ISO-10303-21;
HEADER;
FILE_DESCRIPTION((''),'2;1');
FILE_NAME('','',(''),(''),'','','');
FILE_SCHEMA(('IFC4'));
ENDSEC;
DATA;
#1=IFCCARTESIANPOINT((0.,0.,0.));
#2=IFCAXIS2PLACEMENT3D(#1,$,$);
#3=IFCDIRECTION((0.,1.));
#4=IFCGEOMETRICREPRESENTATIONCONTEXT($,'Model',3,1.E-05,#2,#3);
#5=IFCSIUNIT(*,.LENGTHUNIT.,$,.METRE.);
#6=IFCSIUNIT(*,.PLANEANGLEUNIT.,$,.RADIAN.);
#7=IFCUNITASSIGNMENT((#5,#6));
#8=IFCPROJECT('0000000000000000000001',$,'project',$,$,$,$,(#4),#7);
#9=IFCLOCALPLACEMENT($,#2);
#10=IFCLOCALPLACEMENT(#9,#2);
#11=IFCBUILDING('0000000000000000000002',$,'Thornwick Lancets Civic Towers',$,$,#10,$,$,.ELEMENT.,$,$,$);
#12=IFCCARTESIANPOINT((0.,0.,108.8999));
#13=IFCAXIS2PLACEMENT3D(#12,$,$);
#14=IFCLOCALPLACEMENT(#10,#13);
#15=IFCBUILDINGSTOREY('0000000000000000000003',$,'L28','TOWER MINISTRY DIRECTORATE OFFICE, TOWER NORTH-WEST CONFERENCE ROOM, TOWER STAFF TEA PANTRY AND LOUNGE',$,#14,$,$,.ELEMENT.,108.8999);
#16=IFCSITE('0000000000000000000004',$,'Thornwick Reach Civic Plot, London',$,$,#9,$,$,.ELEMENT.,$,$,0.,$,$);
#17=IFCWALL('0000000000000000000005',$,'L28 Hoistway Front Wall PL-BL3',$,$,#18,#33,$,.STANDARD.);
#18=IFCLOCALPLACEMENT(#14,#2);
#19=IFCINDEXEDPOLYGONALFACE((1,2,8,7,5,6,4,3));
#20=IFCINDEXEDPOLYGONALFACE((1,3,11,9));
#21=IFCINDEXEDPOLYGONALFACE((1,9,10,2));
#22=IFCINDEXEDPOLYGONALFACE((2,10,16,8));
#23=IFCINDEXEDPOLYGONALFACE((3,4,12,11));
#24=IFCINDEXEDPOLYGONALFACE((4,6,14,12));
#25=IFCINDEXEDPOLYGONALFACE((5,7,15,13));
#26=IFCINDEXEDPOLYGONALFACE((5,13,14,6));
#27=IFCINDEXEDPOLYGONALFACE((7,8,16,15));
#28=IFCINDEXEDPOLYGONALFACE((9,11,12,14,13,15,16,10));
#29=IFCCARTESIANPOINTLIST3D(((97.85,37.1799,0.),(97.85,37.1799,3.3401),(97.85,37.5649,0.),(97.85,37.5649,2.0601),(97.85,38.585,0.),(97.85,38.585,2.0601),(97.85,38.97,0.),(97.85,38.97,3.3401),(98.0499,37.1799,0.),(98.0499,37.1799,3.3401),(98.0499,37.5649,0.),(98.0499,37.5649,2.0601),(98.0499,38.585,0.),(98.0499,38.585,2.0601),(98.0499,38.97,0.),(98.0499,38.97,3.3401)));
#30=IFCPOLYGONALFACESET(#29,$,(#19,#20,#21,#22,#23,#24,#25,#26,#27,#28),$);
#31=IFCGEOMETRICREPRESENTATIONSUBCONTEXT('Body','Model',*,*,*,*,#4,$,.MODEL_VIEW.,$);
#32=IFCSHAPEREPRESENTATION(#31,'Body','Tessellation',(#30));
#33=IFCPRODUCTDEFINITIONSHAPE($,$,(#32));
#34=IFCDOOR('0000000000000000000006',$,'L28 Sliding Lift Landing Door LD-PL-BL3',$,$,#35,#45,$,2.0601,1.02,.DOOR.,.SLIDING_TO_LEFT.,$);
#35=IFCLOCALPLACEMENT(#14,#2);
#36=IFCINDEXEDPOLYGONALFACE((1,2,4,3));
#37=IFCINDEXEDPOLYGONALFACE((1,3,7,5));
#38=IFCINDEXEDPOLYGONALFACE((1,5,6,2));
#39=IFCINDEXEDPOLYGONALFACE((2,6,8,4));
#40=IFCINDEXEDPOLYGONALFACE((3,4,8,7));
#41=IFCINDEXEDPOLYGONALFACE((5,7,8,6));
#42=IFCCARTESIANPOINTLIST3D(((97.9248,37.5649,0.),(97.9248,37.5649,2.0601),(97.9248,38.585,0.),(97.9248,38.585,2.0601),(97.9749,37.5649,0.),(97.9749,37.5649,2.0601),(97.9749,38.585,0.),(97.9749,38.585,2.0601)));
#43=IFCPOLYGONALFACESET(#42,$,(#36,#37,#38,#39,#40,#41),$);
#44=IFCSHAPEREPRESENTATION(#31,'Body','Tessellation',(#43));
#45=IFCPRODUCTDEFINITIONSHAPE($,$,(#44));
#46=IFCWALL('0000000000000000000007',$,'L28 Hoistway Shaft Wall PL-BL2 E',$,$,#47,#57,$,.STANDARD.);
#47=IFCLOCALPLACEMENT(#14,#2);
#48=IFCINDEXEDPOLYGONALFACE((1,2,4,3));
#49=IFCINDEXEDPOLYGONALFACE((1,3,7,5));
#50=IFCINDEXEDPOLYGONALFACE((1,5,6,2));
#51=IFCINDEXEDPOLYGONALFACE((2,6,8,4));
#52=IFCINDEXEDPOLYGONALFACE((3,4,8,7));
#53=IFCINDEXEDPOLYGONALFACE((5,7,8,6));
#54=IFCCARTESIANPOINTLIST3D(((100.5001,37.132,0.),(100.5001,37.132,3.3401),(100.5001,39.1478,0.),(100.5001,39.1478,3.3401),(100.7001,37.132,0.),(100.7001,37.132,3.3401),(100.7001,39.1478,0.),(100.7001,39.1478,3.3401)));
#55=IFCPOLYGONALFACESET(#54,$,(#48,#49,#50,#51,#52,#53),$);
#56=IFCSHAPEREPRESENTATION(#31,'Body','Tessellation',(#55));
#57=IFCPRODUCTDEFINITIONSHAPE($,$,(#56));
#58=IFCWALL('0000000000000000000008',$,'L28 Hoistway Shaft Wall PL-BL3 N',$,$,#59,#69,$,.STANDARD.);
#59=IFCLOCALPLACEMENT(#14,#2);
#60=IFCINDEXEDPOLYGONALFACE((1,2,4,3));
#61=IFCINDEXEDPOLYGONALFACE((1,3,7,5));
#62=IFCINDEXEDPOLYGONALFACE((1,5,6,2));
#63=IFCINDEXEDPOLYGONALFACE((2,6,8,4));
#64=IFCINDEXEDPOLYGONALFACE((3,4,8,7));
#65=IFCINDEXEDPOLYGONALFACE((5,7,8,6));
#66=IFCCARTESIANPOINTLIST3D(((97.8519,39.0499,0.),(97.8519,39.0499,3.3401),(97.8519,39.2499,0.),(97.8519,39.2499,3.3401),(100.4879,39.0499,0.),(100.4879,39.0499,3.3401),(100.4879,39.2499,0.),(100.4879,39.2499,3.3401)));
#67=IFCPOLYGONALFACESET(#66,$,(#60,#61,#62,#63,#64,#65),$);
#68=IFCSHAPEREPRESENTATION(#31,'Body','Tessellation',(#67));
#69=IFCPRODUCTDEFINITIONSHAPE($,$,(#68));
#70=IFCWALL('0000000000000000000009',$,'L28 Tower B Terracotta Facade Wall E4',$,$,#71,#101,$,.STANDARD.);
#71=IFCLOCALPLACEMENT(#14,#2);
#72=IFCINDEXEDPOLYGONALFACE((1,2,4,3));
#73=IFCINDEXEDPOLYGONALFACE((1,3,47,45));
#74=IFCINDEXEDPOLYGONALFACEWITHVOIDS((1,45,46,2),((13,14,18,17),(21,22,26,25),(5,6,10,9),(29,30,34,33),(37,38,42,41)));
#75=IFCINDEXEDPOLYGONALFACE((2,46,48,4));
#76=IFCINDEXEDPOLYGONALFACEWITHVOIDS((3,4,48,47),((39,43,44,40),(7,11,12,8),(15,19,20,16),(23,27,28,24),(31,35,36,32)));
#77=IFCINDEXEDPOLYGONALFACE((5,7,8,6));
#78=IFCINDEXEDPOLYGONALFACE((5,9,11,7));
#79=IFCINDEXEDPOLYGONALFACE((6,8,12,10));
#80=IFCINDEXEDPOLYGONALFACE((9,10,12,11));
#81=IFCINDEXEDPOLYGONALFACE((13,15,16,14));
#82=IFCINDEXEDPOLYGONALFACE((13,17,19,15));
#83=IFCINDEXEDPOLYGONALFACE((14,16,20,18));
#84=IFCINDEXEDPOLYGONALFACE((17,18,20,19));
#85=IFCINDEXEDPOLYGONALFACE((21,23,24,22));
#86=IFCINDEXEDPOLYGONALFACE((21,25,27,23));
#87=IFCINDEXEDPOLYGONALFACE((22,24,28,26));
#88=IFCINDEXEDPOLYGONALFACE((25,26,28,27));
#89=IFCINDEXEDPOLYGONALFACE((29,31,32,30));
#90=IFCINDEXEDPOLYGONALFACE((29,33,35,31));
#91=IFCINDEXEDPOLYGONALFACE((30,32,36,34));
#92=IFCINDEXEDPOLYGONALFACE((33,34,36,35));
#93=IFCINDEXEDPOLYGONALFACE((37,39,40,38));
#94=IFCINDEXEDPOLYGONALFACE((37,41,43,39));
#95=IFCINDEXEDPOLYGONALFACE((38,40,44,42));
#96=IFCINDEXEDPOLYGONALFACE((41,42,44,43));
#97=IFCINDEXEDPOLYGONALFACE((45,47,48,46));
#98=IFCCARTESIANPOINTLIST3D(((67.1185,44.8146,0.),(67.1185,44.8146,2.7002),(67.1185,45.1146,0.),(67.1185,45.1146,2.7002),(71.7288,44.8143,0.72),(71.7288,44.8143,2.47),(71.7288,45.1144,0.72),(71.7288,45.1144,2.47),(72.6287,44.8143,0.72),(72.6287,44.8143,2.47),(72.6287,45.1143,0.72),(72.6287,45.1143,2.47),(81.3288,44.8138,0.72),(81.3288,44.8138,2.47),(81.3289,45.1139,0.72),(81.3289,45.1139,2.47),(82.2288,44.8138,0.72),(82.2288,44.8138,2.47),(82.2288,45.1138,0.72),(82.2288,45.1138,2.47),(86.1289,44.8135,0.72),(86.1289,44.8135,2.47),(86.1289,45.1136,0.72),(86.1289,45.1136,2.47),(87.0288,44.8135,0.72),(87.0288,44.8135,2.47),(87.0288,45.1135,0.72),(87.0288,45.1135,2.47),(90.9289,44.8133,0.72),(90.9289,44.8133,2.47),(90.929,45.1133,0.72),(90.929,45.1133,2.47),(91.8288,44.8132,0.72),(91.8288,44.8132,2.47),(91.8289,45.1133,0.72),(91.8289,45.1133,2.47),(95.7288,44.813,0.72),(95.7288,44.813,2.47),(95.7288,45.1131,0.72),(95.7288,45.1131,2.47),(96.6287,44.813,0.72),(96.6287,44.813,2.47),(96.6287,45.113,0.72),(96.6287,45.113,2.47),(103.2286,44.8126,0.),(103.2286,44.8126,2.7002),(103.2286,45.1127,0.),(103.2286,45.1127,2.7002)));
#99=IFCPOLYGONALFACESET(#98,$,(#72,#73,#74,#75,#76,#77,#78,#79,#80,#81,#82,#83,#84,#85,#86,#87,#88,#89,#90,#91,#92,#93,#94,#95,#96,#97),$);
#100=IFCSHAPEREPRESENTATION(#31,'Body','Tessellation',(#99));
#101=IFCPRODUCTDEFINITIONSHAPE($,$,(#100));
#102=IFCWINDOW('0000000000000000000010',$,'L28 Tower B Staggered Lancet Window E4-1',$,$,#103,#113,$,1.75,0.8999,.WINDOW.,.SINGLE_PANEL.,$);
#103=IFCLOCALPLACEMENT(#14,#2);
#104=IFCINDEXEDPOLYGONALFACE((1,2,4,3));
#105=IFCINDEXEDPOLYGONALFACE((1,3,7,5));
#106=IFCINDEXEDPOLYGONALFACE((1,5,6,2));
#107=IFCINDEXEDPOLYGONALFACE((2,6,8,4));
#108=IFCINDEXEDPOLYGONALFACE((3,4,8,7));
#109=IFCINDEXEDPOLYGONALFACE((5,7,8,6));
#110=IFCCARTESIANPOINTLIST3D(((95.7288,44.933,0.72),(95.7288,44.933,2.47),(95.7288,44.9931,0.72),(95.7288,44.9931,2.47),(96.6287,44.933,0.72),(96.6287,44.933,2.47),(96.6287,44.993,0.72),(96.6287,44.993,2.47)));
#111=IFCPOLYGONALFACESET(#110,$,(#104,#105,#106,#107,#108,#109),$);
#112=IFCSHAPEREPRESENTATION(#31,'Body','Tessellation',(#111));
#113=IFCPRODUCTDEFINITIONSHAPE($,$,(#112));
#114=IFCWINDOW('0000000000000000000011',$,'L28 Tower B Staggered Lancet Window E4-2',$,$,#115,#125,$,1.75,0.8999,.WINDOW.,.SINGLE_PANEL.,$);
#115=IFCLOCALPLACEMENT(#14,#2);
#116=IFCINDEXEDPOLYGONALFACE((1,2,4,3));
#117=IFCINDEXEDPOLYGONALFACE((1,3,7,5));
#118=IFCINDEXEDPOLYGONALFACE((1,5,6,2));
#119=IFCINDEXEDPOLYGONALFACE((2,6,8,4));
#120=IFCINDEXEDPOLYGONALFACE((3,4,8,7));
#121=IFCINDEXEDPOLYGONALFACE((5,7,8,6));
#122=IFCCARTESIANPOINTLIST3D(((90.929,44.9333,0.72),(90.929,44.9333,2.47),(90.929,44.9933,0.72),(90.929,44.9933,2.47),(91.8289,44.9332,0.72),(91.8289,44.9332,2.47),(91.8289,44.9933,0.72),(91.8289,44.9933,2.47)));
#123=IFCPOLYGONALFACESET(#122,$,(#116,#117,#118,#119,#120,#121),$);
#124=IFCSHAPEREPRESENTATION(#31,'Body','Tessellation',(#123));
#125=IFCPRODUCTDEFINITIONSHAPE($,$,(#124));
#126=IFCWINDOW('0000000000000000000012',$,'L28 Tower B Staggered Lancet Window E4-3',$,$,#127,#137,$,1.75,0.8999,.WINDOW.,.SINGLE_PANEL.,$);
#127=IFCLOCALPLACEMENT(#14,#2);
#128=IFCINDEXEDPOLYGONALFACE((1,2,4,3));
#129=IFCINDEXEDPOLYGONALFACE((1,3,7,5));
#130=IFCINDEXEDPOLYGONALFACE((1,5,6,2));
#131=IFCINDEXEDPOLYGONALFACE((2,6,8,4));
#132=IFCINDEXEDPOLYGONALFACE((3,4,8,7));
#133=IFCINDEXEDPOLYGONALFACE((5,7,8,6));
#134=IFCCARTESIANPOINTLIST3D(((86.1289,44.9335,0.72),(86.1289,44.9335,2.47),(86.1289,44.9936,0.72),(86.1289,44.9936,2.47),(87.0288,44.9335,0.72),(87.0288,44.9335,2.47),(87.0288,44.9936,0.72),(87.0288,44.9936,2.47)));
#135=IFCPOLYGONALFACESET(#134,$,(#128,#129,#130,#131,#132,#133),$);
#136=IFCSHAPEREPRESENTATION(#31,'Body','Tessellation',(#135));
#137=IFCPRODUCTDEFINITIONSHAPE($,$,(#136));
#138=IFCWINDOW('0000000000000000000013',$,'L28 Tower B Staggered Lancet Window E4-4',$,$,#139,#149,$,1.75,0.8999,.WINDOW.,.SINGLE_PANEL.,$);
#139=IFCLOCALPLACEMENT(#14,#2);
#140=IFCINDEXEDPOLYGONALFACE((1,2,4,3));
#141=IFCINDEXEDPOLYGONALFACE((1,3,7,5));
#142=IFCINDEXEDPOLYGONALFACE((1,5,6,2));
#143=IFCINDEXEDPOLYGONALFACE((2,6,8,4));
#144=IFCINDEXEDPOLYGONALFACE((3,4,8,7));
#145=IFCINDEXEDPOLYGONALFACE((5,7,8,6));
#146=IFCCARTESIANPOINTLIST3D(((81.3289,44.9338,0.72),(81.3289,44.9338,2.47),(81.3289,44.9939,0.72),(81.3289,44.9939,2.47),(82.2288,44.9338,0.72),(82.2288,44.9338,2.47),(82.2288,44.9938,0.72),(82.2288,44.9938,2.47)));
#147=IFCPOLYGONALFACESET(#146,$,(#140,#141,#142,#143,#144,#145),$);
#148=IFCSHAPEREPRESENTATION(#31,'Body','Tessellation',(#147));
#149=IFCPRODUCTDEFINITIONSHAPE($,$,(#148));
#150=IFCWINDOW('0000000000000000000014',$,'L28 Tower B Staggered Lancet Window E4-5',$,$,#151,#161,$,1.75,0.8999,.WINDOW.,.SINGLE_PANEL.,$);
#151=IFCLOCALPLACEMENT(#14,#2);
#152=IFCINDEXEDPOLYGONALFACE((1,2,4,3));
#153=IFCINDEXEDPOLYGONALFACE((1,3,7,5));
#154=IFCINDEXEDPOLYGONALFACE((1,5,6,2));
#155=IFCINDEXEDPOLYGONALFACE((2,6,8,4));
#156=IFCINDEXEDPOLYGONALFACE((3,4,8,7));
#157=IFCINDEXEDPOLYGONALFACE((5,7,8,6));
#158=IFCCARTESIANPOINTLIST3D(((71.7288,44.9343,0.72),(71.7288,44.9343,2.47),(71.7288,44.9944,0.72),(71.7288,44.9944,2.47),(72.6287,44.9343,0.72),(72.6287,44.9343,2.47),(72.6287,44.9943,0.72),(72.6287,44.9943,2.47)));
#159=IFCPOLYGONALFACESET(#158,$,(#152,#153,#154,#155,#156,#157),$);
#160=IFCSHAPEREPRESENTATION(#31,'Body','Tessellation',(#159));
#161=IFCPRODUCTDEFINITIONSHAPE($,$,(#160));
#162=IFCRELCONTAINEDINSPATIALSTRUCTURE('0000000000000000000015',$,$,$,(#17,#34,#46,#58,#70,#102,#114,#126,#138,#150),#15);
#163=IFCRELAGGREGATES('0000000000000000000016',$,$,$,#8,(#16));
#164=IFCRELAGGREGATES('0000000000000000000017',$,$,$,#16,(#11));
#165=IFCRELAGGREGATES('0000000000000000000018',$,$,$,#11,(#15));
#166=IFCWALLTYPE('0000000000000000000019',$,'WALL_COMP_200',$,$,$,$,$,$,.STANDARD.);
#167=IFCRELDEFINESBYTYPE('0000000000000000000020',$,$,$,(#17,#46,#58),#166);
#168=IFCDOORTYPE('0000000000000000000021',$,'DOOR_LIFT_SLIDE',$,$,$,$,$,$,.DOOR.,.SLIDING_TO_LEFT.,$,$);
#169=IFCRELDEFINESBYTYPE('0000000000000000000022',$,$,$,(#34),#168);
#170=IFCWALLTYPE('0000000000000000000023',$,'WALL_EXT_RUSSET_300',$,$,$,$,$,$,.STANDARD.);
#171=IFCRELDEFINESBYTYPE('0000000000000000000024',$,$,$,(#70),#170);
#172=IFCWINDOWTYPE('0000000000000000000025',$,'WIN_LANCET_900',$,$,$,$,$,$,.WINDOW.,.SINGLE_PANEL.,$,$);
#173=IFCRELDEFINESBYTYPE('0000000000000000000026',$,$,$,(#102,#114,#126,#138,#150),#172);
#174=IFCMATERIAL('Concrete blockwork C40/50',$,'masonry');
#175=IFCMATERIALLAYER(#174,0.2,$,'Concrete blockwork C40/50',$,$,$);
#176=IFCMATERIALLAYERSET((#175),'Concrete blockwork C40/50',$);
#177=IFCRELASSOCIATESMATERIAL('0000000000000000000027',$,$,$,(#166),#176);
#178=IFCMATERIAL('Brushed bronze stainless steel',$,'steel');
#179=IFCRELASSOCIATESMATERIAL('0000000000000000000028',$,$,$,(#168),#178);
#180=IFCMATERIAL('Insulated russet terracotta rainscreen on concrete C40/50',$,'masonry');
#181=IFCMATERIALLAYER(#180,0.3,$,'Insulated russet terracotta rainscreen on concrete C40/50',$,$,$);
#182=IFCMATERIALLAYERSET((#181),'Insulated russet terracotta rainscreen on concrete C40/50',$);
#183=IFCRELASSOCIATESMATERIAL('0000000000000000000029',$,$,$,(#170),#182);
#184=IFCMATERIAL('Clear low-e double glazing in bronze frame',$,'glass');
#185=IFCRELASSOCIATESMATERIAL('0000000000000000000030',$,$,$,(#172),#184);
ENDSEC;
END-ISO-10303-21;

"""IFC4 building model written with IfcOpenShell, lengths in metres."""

from ifc_helpers import new_model, si_unit, direction, frame, frame_2d, origin, place, context, subcontext, project, spatial, rectangle, extrude, material, layer, layer_set, type_object, element, fill, save


model = new_model("IFC4")

# Units and contexts
model_context = context("Model", 3, precision=1e-05, world=origin(), true_north=direction((0.0, 1.0)))
body_context = subcontext(model_context, "Body", "Model", "MODEL_VIEW")
ifc_project = project(units=[si_unit("LENGTHUNIT", "METRE"), si_unit("PLANEANGLEUNIT", "RADIAN")], contexts=[model_context])

# Site, building, storey
site_placement = place(None, origin())
site = spatial("IfcSite", under=ifc_project, at=site_placement, Name="Thornwick Reach Civic Plot, London", CompositionType="ELEMENT", RefElevation=0.0)
building_placement = place(site_placement, origin())
building = spatial("IfcBuilding", under=site, at=building_placement, Name="Thornwick Lancets Civic Towers", CompositionType="ELEMENT")
storey_placement = place(building_placement, frame((0.0, 0.0, 108.8999)))
storey = spatial("IfcBuildingStorey", under=building, at=storey_placement, Name="L28", Description="TOWER MINISTRY DIRECTORATE OFFICE, TOWER NORTH-WEST CONFERENCE ROOM, TOWER STAFF TEA PANTRY AND LOUNGE", CompositionType="ELEMENT", Elevation=108.8999)

# Wall, opening, door
ifc_material_1 = material(Name="Concrete blockwork C40/50", Category="masonry")
ifc_layer_1 = layer(ifc_material_1, 0.2, Name="Concrete blockwork C40/50")
ifc_layer_set_1 = layer_set([ifc_layer_1], Name="Concrete blockwork C40/50")
wall_type_1 = type_object("IfcWallType", Name="WALL_COMP_200", PredefinedType="STANDARD", material=ifc_layer_set_1)
wall_1_placement = place(storey_placement, frame((97.95, 38.97, 0.0), z_axis=(0.0, 0.0, 1.0), x_axis=(0.0, -1.0, 0.0)))
wall_1 = element("IfcWall", 1, at=wall_1_placement, inside=storey, type_object=wall_type_1, Name="L28 Hoistway Front Wall PL-BL3", PredefinedType="STANDARD", context=body_context, shape_type="SweptSolid", body=[
    extrude(rectangle(XDim=1.79, YDim=0.2, at=frame_2d((0.895, 0.0))), origin(), (0.0, 0.0, 1.0), 3.3401),
])
opening_1_placement = place(wall_1_placement, frame((0.385, 0.0, 0.0)))
opening_1 = element("IfcOpeningElement", 2, at=opening_1_placement, cuts=wall_1, PredefinedType="OPENING", context=body_context, shape_type="SweptSolid", body=[
    extrude(rectangle(XDim=1.02, YDim=2.0601, at=frame_2d((0.51, 1.03))), frame((0.0, 0.1099, 0.0), z_axis=(0.0, -1.0, 0.0), x_axis=(1.0, 0.0, 0.0)), (0.0, 0.0, 1.0), 0.22),
])
ifc_material_2 = material(Name="Brushed bronze stainless steel", Category="steel")
door_type = type_object("IfcDoorType", Name="DOOR_LIFT_SLIDE", OperationType="SLIDING_TO_LEFT", PredefinedType="DOOR", material=ifc_material_2)
door_placement = place(opening_1_placement, origin())
door = element("IfcDoor", 3, at=door_placement, inside=storey, type_object=door_type, Name="L28 Sliding Lift Landing Door LD-PL-BL3", OperationType="SLIDING_TO_LEFT", OverallHeight=2.0601, OverallWidth=1.02, PredefinedType="DOOR", context=body_context, shape_type="SweptSolid", body=[
    extrude(rectangle(XDim=1.02, YDim=2.0601, at=frame_2d((0.51, 1.03))), frame((0.0, 0.0249, 0.0), z_axis=(0.0, -1.0, 0.0), x_axis=(1.0, 0.0, 0.0)), (0.0, 0.0, 1.0), 0.05),
])
fill(opening_1, door)

# Walls
wall_2_placement = place(storey_placement, frame((100.6001, 37.1321, 0.0), z_axis=(0.0, 0.0, 1.0), x_axis=(0.0, 1.0, 0.0)))
element("IfcWall", 4, at=wall_2_placement, inside=storey, type_object=wall_type_1, Name="L28 Hoistway Shaft Wall PL-BL2 E", PredefinedType="STANDARD", context=body_context, shape_type="SweptSolid", body=[
    extrude(rectangle(XDim=2.0159, YDim=0.2, at=frame_2d((1.0078, 0.0))), origin(), (0.0, 0.0, 1.0), 3.3401),
])
wall_3_placement = place(storey_placement, frame((97.8521, 39.1499, 0.0), z_axis=(0.0, 0.0, 1.0), x_axis=(1.0, 0.0, 0.0)))
element("IfcWall", 5, at=wall_3_placement, inside=storey, type_object=wall_type_1, Name="L28 Hoistway Shaft Wall PL-BL3 N", PredefinedType="STANDARD", context=body_context, shape_type="SweptSolid", body=[
    extrude(rectangle(XDim=2.636, YDim=0.2, at=frame_2d((1.3179, 0.0))), origin(), (0.0, 0.0, 1.0), 3.3401),
])

# Wall, openings, windows
ifc_material_3 = material(Name="Insulated russet terracotta rainscreen on concrete C40/50", Category="masonry")
ifc_layer_2 = layer(ifc_material_3, 0.3, Name="Insulated russet terracotta rainscreen on concrete C40/50")
ifc_layer_set_2 = layer_set([ifc_layer_2], Name="Insulated russet terracotta rainscreen on concrete C40/50")
wall_type_2 = type_object("IfcWallType", Name="WALL_EXT_RUSSET_300", PredefinedType="STANDARD", material=ifc_layer_set_2)
wall_4_placement = place(storey_placement, frame((103.2288, 44.9626, 0.0), z_axis=(0.0, 0.0, 1.0), x_axis=(-1.0, 0.000054, 0.0)))
wall_4 = element("IfcWall", 6, at=wall_4_placement, inside=storey, type_object=wall_type_2, Name="L28 Tower B Terracotta Facade Wall E4", PredefinedType="STANDARD", context=body_context, shape_type="SweptSolid", body=[
    extrude(rectangle(XDim=36.1101, YDim=0.3, at=frame_2d((18.0552, 0.0))), origin(), (0.0, 0.0, 1.0), 2.7002),
])
opening_2_placement = place(wall_4_placement, frame((6.6001, 0.0, 0.72)))
opening_2 = element("IfcOpeningElement", 7, at=opening_2_placement, cuts=wall_4, PredefinedType="OPENING", context=body_context, shape_type="SweptSolid", body=[
    extrude(rectangle(XDim=0.8999, YDim=1.75, at=frame_2d((0.45, 0.875))), frame((0.0, 0.1602, 0.0), z_axis=(0.0, -1.0, 0.0), x_axis=(1.0, 0.0, 0.0)), (0.0, 0.0, 1.0), 0.3201),
])
opening_3_placement = place(wall_4_placement, frame((11.3999, 0.0, 0.72)))
opening_3 = element("IfcOpeningElement", 8, at=opening_3_placement, cuts=wall_4, PredefinedType="OPENING", context=body_context, shape_type="SweptSolid", body=[
    extrude(rectangle(XDim=0.8999, YDim=1.75, at=frame_2d((0.45, 0.875))), frame((0.0, 0.1602, 0.0), z_axis=(0.0, -1.0, 0.0), x_axis=(1.0, 0.0, 0.0)), (0.0, 0.0, 1.0), 0.3201),
])
opening_4_placement = place(wall_4_placement, frame((16.2, 0.0, 0.72)))
opening_4 = element("IfcOpeningElement", 9, at=opening_4_placement, cuts=wall_4, PredefinedType="OPENING", context=body_context, shape_type="SweptSolid", body=[
    extrude(rectangle(XDim=0.8999, YDim=1.75, at=frame_2d((0.45, 0.875))), frame((0.0, 0.1602, 0.0), z_axis=(0.0, -1.0, 0.0), x_axis=(1.0, 0.0, 0.0)), (0.0, 0.0, 1.0), 0.3201),
])
opening_5_placement = place(wall_4_placement, frame((21.0, 0.0, 0.72)))
opening_5 = element("IfcOpeningElement", 10, at=opening_5_placement, cuts=wall_4, PredefinedType="OPENING", context=body_context, shape_type="SweptSolid", body=[
    extrude(rectangle(XDim=0.8999, YDim=1.75, at=frame_2d((0.45, 0.875))), frame((0.0, 0.1602, 0.0), z_axis=(0.0, -1.0, 0.0), x_axis=(1.0, 0.0, 0.0)), (0.0, 0.0, 1.0), 0.3201),
])
opening_6_placement = place(wall_4_placement, frame((30.6001, 0.0, 0.72)))
opening_6 = element("IfcOpeningElement", 11, at=opening_6_placement, cuts=wall_4, PredefinedType="OPENING", context=body_context, shape_type="SweptSolid", body=[
    extrude(rectangle(XDim=0.8999, YDim=1.75, at=frame_2d((0.45, 0.875))), frame((0.0, 0.1602, 0.0), z_axis=(0.0, -1.0, 0.0), x_axis=(1.0, 0.0, 0.0)), (0.0, 0.0, 1.0), 0.3201),
])
ifc_material_4 = material(Name="Clear low-e double glazing in bronze frame", Category="glass")
window_type = type_object("IfcWindowType", Name="WIN_LANCET_900", PartitioningType="SINGLE_PANEL", PredefinedType="WINDOW", material=ifc_material_4)
window_1_placement = place(opening_2_placement, origin())
window_1 = element("IfcWindow", 12, at=window_1_placement, inside=storey, type_object=window_type, Name="L28 Tower B Staggered Lancet Window E4-1", OverallHeight=1.75, OverallWidth=0.8999, PartitioningType="SINGLE_PANEL", PredefinedType="WINDOW", context=body_context, shape_type="SweptSolid", body=[
    extrude(rectangle(XDim=0.8999, YDim=1.75, at=frame_2d((0.45, 0.875))), frame((0.0, 0.03, 0.0), z_axis=(0.0, -1.0, 0.0), x_axis=(1.0, 0.0, 0.0)), (0.0, 0.0, 1.0), 0.0601),
])
fill(opening_2, window_1)
window_2_placement = place(opening_3_placement, origin())
window_2 = element("IfcWindow", 13, at=window_2_placement, inside=storey, type_object=window_type, Name="L28 Tower B Staggered Lancet Window E4-2", OverallHeight=1.75, OverallWidth=0.8999, PartitioningType="SINGLE_PANEL", PredefinedType="WINDOW", context=body_context, shape_type="SweptSolid", body=[
    extrude(rectangle(XDim=0.8999, YDim=1.75, at=frame_2d((0.45, 0.875))), frame((0.0, 0.03, 0.0), z_axis=(0.0, -1.0, 0.0), x_axis=(1.0, 0.0, 0.0)), (0.0, 0.0, 1.0), 0.0601),
])
fill(opening_3, window_2)
window_3_placement = place(opening_4_placement, origin())
window_3 = element("IfcWindow", 14, at=window_3_placement, inside=storey, type_object=window_type, Name="L28 Tower B Staggered Lancet Window E4-3", OverallHeight=1.75, OverallWidth=0.8999, PartitioningType="SINGLE_PANEL", PredefinedType="WINDOW", context=body_context, shape_type="SweptSolid", body=[
    extrude(rectangle(XDim=0.8999, YDim=1.75, at=frame_2d((0.45, 0.875))), frame((0.0, 0.03, 0.0), z_axis=(0.0, -1.0, 0.0), x_axis=(1.0, 0.0, 0.0)), (0.0, 0.0, 1.0), 0.0601),
])
fill(opening_4, window_3)
window_4_placement = place(opening_5_placement, origin())
window_4 = element("IfcWindow", 15, at=window_4_placement, inside=storey, type_object=window_type, Name="L28 Tower B Staggered Lancet Window E4-4", OverallHeight=1.75, OverallWidth=0.8999, PartitioningType="SINGLE_PANEL", PredefinedType="WINDOW", context=body_context, shape_type="SweptSolid", body=[
    extrude(rectangle(XDim=0.8999, YDim=1.75, at=frame_2d((0.45, 0.875))), frame((0.0, 0.03, 0.0), z_axis=(0.0, -1.0, 0.0), x_axis=(1.0, 0.0, 0.0)), (0.0, 0.0, 1.0), 0.0601),
])
fill(opening_5, window_4)
window_5_placement = place(opening_6_placement, origin())
window_5 = element("IfcWindow", 16, at=window_5_placement, inside=storey, type_object=window_type, Name="L28 Tower B Staggered Lancet Window E4-5", OverallHeight=1.75, OverallWidth=0.8999, PartitioningType="SINGLE_PANEL", PredefinedType="WINDOW", context=body_context, shape_type="SweptSolid", body=[
    extrude(rectangle(XDim=0.8999, YDim=1.75, at=frame_2d((0.45, 0.875))), frame((0.0, 0.03, 0.0), z_axis=(0.0, -1.0, 0.0), x_axis=(1.0, 0.0, 0.0)), (0.0, 0.0, 1.0), 0.0601),
])
fill(opening_6, window_5)

save(model, "model.ifc")
